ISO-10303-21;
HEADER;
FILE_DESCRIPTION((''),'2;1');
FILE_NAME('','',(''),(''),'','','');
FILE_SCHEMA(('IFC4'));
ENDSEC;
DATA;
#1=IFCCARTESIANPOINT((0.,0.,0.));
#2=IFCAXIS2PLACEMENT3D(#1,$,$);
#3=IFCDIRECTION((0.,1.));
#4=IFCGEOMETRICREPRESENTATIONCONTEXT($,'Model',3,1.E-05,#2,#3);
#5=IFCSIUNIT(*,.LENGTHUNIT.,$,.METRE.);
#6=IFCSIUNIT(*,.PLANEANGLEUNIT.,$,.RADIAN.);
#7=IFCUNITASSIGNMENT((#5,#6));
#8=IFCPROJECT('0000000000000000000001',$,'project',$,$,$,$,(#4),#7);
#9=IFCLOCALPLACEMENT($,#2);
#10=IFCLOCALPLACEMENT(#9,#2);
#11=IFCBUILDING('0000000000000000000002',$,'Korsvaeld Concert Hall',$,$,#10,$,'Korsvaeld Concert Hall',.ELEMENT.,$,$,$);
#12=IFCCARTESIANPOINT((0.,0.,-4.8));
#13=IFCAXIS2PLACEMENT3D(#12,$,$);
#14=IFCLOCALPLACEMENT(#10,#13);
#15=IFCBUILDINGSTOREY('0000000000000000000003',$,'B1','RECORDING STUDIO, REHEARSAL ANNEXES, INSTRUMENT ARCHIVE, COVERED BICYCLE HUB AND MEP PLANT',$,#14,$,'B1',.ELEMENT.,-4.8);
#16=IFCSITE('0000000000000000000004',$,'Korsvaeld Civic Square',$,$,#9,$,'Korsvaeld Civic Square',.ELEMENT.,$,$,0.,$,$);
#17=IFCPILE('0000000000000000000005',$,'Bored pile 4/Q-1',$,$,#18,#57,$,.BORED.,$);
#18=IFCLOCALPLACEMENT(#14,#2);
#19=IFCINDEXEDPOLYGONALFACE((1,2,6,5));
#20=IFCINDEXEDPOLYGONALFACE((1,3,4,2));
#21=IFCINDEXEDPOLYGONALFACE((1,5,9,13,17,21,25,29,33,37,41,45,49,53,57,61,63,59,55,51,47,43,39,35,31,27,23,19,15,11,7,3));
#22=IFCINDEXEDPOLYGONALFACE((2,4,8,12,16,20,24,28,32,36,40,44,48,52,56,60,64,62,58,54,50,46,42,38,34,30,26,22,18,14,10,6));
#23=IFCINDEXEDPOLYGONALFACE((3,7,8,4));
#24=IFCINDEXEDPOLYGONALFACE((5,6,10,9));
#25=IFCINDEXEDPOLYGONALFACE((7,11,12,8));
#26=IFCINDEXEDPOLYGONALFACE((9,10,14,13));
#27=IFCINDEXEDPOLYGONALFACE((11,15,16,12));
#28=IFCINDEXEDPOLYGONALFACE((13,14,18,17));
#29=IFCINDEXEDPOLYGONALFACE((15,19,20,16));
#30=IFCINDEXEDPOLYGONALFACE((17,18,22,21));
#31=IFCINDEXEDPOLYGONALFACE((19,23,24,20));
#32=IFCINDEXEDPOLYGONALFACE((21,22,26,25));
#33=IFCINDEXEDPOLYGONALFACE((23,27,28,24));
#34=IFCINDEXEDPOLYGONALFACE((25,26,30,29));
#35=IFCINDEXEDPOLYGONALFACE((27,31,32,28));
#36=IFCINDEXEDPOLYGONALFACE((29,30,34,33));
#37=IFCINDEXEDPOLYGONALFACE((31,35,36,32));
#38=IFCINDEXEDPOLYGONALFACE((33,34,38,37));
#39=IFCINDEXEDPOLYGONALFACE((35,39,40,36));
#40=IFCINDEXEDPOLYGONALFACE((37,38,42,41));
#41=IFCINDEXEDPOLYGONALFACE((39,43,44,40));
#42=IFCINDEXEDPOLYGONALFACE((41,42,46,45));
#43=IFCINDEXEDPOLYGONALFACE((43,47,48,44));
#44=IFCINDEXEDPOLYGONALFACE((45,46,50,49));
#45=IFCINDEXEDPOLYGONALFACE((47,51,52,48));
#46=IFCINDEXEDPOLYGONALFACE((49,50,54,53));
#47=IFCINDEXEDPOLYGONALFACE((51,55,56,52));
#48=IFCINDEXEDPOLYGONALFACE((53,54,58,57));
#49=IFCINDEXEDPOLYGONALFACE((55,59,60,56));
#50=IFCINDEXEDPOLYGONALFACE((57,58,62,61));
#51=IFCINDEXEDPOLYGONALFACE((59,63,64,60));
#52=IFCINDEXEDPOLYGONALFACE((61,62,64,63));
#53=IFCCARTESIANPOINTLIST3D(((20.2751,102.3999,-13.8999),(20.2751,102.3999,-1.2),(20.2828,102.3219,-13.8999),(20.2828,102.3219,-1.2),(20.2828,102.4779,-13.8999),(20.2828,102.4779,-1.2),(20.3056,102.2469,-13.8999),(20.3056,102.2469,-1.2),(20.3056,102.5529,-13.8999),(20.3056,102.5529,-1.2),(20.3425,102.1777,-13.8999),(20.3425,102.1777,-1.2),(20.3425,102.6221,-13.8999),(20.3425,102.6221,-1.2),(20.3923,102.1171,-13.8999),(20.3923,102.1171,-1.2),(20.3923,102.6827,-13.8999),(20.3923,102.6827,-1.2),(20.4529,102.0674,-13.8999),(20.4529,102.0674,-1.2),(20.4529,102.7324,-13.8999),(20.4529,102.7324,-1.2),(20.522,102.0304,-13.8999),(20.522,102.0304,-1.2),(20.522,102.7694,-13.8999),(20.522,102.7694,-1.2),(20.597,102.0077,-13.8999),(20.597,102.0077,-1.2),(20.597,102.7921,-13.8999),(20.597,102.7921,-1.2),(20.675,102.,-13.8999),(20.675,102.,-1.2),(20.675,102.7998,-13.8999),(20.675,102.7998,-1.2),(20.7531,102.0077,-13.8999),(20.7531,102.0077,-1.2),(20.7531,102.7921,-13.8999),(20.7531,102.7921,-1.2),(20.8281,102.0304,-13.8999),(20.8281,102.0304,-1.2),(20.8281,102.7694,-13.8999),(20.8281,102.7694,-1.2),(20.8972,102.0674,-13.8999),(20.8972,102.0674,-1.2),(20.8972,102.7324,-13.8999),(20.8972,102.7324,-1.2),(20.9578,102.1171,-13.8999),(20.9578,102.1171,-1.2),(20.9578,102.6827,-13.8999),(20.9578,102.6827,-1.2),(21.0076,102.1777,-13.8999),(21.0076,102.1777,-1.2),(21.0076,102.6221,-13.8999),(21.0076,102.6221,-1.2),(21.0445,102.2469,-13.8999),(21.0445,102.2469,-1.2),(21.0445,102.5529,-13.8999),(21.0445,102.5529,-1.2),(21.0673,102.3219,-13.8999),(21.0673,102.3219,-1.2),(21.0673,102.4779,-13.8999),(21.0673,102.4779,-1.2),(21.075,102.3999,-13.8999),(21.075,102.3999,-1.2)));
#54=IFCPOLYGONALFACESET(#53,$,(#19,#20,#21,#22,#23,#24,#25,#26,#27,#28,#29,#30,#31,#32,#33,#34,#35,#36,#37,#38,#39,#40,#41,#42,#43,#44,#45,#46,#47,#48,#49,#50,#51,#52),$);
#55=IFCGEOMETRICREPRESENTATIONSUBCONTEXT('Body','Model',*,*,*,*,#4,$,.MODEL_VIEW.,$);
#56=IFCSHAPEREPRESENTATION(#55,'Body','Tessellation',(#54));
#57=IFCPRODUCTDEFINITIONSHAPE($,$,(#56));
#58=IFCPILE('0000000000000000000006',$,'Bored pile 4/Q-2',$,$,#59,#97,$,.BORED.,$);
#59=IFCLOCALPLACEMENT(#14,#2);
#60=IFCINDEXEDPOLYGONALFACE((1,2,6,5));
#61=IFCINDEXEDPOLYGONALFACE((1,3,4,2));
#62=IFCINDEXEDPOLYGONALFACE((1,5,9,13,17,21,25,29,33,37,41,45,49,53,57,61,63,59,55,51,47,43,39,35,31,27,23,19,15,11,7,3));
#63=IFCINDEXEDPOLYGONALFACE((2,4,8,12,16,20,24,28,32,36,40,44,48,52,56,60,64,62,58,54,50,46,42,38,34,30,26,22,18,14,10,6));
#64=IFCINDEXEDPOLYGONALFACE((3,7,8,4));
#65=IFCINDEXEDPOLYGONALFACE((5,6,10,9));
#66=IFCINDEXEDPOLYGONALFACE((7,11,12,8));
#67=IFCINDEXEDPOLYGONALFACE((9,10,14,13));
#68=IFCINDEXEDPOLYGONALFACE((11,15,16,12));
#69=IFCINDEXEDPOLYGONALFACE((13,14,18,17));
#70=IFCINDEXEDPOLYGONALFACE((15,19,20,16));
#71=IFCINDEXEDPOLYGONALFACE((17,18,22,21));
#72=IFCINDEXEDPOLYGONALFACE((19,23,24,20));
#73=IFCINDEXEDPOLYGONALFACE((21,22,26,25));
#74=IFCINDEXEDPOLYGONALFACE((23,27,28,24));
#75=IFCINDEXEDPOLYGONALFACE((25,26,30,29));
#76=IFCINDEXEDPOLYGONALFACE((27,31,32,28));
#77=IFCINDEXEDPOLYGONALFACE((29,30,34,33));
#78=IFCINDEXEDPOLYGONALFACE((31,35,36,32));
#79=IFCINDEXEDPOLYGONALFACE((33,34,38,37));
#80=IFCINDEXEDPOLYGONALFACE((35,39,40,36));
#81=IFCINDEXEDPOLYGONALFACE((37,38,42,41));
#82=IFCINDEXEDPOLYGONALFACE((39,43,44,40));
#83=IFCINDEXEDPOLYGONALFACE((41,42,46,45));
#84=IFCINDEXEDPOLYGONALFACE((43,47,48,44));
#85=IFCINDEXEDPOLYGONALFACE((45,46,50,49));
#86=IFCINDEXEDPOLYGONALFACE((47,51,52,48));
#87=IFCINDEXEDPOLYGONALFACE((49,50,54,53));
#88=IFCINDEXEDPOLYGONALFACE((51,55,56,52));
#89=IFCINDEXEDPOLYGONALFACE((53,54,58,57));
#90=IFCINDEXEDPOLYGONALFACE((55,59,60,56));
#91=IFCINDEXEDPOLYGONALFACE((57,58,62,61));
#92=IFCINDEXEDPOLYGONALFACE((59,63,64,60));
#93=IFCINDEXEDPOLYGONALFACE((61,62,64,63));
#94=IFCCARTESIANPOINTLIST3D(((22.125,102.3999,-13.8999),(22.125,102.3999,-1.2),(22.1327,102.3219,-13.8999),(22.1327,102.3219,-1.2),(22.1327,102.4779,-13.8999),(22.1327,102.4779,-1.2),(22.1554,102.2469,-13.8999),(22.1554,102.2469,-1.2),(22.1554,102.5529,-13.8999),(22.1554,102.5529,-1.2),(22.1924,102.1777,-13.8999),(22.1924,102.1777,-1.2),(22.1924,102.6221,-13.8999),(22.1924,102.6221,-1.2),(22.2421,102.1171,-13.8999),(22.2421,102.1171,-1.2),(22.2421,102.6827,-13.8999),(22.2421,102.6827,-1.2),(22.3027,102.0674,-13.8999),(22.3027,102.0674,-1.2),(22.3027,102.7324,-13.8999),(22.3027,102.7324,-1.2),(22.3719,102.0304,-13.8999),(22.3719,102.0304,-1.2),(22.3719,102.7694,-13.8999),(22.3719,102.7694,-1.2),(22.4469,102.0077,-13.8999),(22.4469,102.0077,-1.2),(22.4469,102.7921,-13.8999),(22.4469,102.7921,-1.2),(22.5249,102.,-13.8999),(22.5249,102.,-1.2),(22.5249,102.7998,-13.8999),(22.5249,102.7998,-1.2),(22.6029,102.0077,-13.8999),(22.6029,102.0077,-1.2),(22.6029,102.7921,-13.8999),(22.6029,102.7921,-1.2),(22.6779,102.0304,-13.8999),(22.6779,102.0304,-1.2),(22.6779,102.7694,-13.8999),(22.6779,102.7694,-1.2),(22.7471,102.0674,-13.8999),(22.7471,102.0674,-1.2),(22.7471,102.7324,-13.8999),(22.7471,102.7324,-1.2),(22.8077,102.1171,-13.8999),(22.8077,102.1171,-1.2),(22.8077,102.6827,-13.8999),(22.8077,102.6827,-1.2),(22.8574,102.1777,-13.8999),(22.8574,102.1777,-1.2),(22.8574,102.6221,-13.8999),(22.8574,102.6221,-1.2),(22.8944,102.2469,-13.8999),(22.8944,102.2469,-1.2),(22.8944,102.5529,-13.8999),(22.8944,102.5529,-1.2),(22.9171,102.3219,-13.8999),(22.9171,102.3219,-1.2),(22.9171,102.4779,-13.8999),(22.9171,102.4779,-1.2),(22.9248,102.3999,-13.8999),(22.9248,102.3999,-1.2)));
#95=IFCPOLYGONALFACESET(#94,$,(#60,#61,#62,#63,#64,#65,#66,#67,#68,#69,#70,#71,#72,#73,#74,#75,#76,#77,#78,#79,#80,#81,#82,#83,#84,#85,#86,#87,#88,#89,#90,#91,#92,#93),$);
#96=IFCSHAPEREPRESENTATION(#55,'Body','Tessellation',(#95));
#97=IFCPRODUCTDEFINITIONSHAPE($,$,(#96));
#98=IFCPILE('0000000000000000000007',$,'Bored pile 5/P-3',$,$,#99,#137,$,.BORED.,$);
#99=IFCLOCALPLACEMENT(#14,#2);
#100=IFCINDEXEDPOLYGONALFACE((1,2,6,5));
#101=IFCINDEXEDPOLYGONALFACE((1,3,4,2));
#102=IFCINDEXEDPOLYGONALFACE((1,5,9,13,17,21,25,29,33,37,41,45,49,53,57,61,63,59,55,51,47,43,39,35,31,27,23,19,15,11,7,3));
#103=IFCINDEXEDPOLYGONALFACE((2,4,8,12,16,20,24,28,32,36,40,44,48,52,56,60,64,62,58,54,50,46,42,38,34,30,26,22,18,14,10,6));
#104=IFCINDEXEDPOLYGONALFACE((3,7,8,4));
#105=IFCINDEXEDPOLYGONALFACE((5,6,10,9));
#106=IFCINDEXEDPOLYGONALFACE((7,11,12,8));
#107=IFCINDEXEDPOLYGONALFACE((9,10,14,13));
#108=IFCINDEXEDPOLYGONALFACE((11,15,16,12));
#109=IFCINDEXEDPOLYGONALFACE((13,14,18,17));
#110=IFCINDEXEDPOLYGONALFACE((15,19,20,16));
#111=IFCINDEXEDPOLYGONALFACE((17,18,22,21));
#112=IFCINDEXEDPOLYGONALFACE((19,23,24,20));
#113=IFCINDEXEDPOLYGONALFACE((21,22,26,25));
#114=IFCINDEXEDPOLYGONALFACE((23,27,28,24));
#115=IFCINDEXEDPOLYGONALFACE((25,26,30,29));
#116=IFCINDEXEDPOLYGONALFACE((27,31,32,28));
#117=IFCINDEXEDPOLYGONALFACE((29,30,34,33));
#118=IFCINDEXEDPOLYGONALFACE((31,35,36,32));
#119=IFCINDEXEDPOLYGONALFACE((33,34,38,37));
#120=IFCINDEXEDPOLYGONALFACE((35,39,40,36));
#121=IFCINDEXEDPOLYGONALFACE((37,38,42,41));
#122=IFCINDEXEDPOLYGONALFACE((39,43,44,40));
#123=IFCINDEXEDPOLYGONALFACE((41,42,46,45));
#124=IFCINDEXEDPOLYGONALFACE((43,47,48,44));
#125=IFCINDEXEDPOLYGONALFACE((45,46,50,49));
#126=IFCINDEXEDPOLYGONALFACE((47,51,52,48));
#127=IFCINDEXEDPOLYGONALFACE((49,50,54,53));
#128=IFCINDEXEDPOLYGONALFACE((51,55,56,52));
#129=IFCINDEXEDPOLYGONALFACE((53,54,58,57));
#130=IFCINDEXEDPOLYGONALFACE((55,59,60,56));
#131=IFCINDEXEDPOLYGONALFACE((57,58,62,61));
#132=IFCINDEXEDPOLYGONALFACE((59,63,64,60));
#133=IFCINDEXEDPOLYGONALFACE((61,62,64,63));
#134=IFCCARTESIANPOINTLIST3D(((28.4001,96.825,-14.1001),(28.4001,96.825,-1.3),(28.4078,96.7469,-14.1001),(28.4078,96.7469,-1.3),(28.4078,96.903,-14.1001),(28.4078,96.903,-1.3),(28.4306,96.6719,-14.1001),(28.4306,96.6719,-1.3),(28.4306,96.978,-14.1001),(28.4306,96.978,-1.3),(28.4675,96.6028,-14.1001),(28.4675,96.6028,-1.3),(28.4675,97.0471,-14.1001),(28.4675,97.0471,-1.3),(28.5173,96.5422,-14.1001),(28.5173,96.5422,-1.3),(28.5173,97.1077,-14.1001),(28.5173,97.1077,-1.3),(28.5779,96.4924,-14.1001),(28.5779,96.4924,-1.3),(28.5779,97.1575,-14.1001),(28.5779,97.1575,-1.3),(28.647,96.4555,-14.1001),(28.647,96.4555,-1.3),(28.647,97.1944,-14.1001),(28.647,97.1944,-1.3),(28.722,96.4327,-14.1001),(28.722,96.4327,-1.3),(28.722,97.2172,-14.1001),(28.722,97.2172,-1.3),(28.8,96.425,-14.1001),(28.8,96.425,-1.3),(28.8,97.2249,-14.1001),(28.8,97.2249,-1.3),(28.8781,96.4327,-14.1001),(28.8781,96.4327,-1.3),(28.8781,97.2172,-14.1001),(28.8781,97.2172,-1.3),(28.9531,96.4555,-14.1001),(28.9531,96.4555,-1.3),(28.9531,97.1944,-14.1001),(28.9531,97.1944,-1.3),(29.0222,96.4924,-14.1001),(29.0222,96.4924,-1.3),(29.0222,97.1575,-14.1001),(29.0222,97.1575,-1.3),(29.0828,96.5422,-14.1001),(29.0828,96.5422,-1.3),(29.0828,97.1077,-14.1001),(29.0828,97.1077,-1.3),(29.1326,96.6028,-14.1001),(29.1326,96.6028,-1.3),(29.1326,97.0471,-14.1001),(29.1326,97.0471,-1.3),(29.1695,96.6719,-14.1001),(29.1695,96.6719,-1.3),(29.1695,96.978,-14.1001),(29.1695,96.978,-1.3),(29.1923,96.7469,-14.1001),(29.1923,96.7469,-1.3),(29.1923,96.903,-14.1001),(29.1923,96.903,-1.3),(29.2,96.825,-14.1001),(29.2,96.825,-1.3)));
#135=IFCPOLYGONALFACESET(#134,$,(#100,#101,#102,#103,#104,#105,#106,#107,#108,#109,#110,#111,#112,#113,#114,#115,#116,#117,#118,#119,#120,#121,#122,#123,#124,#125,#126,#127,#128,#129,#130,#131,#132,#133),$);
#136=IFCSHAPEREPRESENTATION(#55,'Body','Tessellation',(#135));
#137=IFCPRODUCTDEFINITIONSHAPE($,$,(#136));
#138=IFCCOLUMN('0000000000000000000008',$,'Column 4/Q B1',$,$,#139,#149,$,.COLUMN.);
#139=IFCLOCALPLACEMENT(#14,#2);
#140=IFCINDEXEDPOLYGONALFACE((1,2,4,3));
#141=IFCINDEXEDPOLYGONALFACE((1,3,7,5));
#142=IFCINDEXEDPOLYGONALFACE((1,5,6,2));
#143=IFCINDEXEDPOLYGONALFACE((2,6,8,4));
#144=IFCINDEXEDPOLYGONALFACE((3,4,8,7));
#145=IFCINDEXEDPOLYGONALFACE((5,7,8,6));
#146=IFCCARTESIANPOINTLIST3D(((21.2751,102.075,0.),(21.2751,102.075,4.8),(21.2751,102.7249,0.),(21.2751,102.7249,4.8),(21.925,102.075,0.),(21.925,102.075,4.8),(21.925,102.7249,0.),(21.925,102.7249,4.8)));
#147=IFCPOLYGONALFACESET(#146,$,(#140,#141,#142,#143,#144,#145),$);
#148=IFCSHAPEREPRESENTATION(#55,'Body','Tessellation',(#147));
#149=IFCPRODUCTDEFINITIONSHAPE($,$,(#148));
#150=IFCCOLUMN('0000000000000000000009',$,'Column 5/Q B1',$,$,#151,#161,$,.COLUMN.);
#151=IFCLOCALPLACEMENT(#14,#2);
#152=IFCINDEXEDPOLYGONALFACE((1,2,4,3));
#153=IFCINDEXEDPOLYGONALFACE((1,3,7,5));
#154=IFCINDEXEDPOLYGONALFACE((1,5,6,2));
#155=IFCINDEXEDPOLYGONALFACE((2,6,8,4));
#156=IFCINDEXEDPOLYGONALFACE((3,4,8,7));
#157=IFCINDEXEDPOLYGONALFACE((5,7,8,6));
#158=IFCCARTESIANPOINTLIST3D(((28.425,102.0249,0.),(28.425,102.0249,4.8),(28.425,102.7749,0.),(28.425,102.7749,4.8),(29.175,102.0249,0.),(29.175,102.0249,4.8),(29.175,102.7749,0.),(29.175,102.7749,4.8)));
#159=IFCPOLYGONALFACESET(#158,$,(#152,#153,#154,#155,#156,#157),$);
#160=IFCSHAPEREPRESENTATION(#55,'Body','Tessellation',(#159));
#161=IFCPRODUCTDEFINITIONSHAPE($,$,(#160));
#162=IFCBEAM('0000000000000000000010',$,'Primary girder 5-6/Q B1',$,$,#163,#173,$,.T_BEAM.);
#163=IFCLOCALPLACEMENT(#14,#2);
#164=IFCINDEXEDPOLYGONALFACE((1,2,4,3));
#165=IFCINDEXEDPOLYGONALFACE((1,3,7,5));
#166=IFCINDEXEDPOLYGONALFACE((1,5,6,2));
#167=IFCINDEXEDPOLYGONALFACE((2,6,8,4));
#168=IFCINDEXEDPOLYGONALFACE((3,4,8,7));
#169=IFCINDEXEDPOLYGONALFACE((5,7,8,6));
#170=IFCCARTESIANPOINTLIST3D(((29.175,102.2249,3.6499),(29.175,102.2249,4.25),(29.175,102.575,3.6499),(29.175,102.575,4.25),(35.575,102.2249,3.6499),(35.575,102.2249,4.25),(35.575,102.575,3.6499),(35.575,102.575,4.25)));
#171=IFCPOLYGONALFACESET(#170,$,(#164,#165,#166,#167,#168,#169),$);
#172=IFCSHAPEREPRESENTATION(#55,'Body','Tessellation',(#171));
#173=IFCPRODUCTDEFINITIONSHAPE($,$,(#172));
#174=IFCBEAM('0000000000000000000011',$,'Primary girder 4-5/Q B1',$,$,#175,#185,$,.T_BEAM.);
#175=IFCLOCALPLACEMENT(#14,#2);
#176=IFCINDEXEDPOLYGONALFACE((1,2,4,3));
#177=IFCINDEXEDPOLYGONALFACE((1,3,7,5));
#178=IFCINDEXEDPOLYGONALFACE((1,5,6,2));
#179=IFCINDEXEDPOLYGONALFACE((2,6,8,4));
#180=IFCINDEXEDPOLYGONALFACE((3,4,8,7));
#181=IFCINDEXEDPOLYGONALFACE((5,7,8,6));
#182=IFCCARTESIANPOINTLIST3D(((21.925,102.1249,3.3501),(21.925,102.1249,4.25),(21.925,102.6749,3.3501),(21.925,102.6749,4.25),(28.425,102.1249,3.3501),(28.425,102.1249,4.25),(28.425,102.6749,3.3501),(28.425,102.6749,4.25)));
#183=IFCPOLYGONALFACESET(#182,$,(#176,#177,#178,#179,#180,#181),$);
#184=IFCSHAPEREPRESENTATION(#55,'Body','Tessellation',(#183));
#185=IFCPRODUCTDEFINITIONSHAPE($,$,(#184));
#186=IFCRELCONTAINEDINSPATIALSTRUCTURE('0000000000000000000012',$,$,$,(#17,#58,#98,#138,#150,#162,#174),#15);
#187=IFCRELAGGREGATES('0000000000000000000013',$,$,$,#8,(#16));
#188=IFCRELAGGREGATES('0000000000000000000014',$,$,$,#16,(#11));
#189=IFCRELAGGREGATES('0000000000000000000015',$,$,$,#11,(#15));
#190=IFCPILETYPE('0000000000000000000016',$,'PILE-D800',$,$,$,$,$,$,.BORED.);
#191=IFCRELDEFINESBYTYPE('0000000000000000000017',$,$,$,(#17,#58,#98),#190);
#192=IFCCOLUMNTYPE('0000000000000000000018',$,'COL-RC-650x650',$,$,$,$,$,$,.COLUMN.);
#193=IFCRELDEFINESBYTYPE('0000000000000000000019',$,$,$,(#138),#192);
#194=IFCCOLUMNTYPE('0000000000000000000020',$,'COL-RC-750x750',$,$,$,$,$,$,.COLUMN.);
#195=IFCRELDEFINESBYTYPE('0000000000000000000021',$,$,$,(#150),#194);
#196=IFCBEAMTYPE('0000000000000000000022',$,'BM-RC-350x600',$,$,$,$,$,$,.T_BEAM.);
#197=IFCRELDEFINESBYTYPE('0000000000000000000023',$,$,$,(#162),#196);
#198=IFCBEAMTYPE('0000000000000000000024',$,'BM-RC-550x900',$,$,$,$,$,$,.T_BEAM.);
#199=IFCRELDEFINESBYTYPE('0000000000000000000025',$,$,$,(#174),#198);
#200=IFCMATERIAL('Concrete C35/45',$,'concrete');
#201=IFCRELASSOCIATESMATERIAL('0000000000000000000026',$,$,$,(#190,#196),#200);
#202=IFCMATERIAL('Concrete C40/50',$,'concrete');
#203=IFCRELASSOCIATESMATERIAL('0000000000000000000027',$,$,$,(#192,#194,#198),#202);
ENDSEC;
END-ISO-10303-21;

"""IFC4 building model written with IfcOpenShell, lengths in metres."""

from ifc_helpers import new_model, si_unit, direction, frame, origin, origin_2d, place, context, subcontext, project, spatial, rectangle, circle, extrude, material, material_profile, profile_set, type_object, element, save


model = new_model("IFC4")

# Units and contexts
model_context = context("Model", 3, precision=1e-05, world=origin(), true_north=direction((0.0, 1.0)))
body_context = subcontext(model_context, "Body", "Model", "MODEL_VIEW")
ifc_project = project(units=[si_unit("LENGTHUNIT", "METRE"), si_unit("PLANEANGLEUNIT", "RADIAN")], contexts=[model_context])

# Site, building, storey
site_placement = place(None, origin())
site = spatial("IfcSite", under=ifc_project, at=site_placement, Name="Korsvaeld Civic Square", LongName="Korsvaeld Civic Square", CompositionType="ELEMENT", RefElevation=0.0)
building_placement = place(site_placement, origin())
building = spatial("IfcBuilding", under=site, at=building_placement, Name="Korsvaeld Concert Hall", LongName="Korsvaeld Concert Hall", CompositionType="ELEMENT")
storey_placement = place(building_placement, frame((0.0, 0.0, -4.8)))
storey = spatial("IfcBuildingStorey", under=building, at=storey_placement, Name="B1", Description="RECORDING STUDIO, REHEARSAL ANNEXES, INSTRUMENT ARCHIVE, COVERED BICYCLE HUB AND MEP PLANT", LongName="B1", CompositionType="ELEMENT", Elevation=-4.8)

# Shared definitions
ifc_material_1 = material(Name="Concrete C35/45", Category="concrete")

# Piles
ifc_material_profile_1 = material_profile(ifc_material_1, circle(Radius=0.3999, at=origin_2d()), Name="BORED PILE D800")
ifc_profile_set_1 = profile_set([ifc_material_profile_1], Name="Concrete C35/45")
pile_type_1 = type_object("IfcPileType", Name="PILE-D800", PredefinedType="BORED", material=ifc_profile_set_1)
for number, where, z_axis, x_axis, name in (
    (1, (20.675, 102.3999, -1.2), (0.0, 0.0, -1.0), (1.0, 0.0, 0.0), "Bored pile 4/Q-1"),
    (2, (22.5249, 102.3999, -1.2), (0.0, 0.0, -1.0), (1.0, 0.0, 0.0), "Bored pile 4/Q-2"),
):
    element("IfcPile", number, at=place(storey_placement, frame(where, z_axis=z_axis, x_axis=x_axis)), inside=storey, type_object=pile_type_1, Name=name, PredefinedType="BORED", context=body_context, shape_type="SweptSolid", body=[
        extrude(circle(Radius=0.3999, at=origin_2d()), origin(), (0.0, 0.0, 1.0), 12.7),
    ])
pile_placement = place(storey_placement, frame((28.8, 96.825, -1.3), z_axis=(0.0, 0.0, -1.0), x_axis=(1.0, 0.0, 0.0)))
element("IfcPile", 3, at=pile_placement, inside=storey, type_object=pile_type_1, Name="Bored pile 5/P-3", PredefinedType="BORED", context=body_context, shape_type="SweptSolid", body=[
    extrude(circle(Radius=0.3999, at=origin_2d()), origin(), (0.0, 0.0, 1.0), 12.8),
])

# Columns
ifc_material_2 = material(Name="Concrete C40/50", Category="concrete")
ifc_material_profile_2 = material_profile(ifc_material_2, rectangle(XDim=0.6499, YDim=0.6499, at=origin_2d()), Name="RC 650x650")
ifc_profile_set_2 = profile_set([ifc_material_profile_2], Name="Concrete C40/50")
column_type_1 = type_object("IfcColumnType", Name="COL-RC-650x650", PredefinedType="COLUMN", material=ifc_profile_set_2)
column_1_placement = place(storey_placement, frame((21.6001, 102.3999, 0.0), z_axis=(0.0, 0.0, 1.0), x_axis=(1.0, 0.0, 0.0)))
element("IfcColumn", 4, at=column_1_placement, inside=storey, type_object=column_type_1, Name="Column 4/Q B1", PredefinedType="COLUMN", context=body_context, shape_type="SweptSolid", body=[
    extrude(rectangle(XDim=0.6499, YDim=0.6499, at=origin_2d()), origin(), (0.0, 0.0, 1.0), 4.8),
])
ifc_material_profile_3 = material_profile(ifc_material_2, rectangle(XDim=0.75, YDim=0.75, at=origin_2d()), Name="RC 750x750")
ifc_profile_set_3 = profile_set([ifc_material_profile_3], Name="Concrete C40/50")
column_type_2 = type_object("IfcColumnType", Name="COL-RC-750x750", PredefinedType="COLUMN", material=ifc_profile_set_3)
column_2_placement = place(storey_placement, frame((28.8, 102.3999, 0.0), z_axis=(0.0, 0.0, 1.0), x_axis=(1.0, 0.0, 0.0)))
element("IfcColumn", 5, at=column_2_placement, inside=storey, type_object=column_type_2, Name="Column 5/Q B1", PredefinedType="COLUMN", context=body_context, shape_type="SweptSolid", body=[
    extrude(rectangle(XDim=0.75, YDim=0.75, at=origin_2d()), origin(), (0.0, 0.0, 1.0), 4.8),
])

# Beams
ifc_material_profile_4 = material_profile(ifc_material_1, rectangle(XDim=0.3501, YDim=0.6001, at=origin_2d()), Name="RC 350x600")
ifc_profile_set_4 = profile_set([ifc_material_profile_4], Name="Concrete C35/45")
beam_type_1 = type_object("IfcBeamType", Name="BM-RC-350x600", PredefinedType="T_BEAM", material=ifc_profile_set_4)
beam_1_placement = place(storey_placement, frame((29.175, 102.3999, 3.95), z_axis=(1.0, 0.0, 0.0), x_axis=(0.0, 1.0, 0.0)))
element("IfcBeam", 6, at=beam_1_placement, inside=storey, type_object=beam_type_1, Name="Primary girder 5-6/Q B1", PredefinedType="T_BEAM", context=body_context, shape_type="SweptSolid", body=[
    extrude(rectangle(XDim=0.3501, YDim=0.6001, at=origin_2d()), origin(), (0.0, 0.0, 1.0), 6.3999),
])
ifc_material_profile_5 = material_profile(ifc_material_2, rectangle(XDim=0.55, YDim=0.8999, at=origin_2d()), Name="RC 550x900")
ifc_profile_set_5 = profile_set([ifc_material_profile_5], Name="Concrete C40/50")
beam_type_2 = type_object("IfcBeamType", Name="BM-RC-550x900", PredefinedType="T_BEAM", material=ifc_profile_set_5)
beam_2_placement = place(storey_placement, frame((21.925, 102.3999, 3.8), z_axis=(1.0, 0.0, 0.0), x_axis=(0.0, 1.0, 0.0)))
element("IfcBeam", 7, at=beam_2_placement, inside=storey, type_object=beam_type_2, Name="Primary girder 4-5/Q B1", PredefinedType="T_BEAM", context=body_context, shape_type="SweptSolid", body=[
    extrude(rectangle(XDim=0.55, YDim=0.8999, at=origin_2d()), origin(), (0.0, 0.0, 1.0), 6.5),
])

save(model, "model.ifc")
